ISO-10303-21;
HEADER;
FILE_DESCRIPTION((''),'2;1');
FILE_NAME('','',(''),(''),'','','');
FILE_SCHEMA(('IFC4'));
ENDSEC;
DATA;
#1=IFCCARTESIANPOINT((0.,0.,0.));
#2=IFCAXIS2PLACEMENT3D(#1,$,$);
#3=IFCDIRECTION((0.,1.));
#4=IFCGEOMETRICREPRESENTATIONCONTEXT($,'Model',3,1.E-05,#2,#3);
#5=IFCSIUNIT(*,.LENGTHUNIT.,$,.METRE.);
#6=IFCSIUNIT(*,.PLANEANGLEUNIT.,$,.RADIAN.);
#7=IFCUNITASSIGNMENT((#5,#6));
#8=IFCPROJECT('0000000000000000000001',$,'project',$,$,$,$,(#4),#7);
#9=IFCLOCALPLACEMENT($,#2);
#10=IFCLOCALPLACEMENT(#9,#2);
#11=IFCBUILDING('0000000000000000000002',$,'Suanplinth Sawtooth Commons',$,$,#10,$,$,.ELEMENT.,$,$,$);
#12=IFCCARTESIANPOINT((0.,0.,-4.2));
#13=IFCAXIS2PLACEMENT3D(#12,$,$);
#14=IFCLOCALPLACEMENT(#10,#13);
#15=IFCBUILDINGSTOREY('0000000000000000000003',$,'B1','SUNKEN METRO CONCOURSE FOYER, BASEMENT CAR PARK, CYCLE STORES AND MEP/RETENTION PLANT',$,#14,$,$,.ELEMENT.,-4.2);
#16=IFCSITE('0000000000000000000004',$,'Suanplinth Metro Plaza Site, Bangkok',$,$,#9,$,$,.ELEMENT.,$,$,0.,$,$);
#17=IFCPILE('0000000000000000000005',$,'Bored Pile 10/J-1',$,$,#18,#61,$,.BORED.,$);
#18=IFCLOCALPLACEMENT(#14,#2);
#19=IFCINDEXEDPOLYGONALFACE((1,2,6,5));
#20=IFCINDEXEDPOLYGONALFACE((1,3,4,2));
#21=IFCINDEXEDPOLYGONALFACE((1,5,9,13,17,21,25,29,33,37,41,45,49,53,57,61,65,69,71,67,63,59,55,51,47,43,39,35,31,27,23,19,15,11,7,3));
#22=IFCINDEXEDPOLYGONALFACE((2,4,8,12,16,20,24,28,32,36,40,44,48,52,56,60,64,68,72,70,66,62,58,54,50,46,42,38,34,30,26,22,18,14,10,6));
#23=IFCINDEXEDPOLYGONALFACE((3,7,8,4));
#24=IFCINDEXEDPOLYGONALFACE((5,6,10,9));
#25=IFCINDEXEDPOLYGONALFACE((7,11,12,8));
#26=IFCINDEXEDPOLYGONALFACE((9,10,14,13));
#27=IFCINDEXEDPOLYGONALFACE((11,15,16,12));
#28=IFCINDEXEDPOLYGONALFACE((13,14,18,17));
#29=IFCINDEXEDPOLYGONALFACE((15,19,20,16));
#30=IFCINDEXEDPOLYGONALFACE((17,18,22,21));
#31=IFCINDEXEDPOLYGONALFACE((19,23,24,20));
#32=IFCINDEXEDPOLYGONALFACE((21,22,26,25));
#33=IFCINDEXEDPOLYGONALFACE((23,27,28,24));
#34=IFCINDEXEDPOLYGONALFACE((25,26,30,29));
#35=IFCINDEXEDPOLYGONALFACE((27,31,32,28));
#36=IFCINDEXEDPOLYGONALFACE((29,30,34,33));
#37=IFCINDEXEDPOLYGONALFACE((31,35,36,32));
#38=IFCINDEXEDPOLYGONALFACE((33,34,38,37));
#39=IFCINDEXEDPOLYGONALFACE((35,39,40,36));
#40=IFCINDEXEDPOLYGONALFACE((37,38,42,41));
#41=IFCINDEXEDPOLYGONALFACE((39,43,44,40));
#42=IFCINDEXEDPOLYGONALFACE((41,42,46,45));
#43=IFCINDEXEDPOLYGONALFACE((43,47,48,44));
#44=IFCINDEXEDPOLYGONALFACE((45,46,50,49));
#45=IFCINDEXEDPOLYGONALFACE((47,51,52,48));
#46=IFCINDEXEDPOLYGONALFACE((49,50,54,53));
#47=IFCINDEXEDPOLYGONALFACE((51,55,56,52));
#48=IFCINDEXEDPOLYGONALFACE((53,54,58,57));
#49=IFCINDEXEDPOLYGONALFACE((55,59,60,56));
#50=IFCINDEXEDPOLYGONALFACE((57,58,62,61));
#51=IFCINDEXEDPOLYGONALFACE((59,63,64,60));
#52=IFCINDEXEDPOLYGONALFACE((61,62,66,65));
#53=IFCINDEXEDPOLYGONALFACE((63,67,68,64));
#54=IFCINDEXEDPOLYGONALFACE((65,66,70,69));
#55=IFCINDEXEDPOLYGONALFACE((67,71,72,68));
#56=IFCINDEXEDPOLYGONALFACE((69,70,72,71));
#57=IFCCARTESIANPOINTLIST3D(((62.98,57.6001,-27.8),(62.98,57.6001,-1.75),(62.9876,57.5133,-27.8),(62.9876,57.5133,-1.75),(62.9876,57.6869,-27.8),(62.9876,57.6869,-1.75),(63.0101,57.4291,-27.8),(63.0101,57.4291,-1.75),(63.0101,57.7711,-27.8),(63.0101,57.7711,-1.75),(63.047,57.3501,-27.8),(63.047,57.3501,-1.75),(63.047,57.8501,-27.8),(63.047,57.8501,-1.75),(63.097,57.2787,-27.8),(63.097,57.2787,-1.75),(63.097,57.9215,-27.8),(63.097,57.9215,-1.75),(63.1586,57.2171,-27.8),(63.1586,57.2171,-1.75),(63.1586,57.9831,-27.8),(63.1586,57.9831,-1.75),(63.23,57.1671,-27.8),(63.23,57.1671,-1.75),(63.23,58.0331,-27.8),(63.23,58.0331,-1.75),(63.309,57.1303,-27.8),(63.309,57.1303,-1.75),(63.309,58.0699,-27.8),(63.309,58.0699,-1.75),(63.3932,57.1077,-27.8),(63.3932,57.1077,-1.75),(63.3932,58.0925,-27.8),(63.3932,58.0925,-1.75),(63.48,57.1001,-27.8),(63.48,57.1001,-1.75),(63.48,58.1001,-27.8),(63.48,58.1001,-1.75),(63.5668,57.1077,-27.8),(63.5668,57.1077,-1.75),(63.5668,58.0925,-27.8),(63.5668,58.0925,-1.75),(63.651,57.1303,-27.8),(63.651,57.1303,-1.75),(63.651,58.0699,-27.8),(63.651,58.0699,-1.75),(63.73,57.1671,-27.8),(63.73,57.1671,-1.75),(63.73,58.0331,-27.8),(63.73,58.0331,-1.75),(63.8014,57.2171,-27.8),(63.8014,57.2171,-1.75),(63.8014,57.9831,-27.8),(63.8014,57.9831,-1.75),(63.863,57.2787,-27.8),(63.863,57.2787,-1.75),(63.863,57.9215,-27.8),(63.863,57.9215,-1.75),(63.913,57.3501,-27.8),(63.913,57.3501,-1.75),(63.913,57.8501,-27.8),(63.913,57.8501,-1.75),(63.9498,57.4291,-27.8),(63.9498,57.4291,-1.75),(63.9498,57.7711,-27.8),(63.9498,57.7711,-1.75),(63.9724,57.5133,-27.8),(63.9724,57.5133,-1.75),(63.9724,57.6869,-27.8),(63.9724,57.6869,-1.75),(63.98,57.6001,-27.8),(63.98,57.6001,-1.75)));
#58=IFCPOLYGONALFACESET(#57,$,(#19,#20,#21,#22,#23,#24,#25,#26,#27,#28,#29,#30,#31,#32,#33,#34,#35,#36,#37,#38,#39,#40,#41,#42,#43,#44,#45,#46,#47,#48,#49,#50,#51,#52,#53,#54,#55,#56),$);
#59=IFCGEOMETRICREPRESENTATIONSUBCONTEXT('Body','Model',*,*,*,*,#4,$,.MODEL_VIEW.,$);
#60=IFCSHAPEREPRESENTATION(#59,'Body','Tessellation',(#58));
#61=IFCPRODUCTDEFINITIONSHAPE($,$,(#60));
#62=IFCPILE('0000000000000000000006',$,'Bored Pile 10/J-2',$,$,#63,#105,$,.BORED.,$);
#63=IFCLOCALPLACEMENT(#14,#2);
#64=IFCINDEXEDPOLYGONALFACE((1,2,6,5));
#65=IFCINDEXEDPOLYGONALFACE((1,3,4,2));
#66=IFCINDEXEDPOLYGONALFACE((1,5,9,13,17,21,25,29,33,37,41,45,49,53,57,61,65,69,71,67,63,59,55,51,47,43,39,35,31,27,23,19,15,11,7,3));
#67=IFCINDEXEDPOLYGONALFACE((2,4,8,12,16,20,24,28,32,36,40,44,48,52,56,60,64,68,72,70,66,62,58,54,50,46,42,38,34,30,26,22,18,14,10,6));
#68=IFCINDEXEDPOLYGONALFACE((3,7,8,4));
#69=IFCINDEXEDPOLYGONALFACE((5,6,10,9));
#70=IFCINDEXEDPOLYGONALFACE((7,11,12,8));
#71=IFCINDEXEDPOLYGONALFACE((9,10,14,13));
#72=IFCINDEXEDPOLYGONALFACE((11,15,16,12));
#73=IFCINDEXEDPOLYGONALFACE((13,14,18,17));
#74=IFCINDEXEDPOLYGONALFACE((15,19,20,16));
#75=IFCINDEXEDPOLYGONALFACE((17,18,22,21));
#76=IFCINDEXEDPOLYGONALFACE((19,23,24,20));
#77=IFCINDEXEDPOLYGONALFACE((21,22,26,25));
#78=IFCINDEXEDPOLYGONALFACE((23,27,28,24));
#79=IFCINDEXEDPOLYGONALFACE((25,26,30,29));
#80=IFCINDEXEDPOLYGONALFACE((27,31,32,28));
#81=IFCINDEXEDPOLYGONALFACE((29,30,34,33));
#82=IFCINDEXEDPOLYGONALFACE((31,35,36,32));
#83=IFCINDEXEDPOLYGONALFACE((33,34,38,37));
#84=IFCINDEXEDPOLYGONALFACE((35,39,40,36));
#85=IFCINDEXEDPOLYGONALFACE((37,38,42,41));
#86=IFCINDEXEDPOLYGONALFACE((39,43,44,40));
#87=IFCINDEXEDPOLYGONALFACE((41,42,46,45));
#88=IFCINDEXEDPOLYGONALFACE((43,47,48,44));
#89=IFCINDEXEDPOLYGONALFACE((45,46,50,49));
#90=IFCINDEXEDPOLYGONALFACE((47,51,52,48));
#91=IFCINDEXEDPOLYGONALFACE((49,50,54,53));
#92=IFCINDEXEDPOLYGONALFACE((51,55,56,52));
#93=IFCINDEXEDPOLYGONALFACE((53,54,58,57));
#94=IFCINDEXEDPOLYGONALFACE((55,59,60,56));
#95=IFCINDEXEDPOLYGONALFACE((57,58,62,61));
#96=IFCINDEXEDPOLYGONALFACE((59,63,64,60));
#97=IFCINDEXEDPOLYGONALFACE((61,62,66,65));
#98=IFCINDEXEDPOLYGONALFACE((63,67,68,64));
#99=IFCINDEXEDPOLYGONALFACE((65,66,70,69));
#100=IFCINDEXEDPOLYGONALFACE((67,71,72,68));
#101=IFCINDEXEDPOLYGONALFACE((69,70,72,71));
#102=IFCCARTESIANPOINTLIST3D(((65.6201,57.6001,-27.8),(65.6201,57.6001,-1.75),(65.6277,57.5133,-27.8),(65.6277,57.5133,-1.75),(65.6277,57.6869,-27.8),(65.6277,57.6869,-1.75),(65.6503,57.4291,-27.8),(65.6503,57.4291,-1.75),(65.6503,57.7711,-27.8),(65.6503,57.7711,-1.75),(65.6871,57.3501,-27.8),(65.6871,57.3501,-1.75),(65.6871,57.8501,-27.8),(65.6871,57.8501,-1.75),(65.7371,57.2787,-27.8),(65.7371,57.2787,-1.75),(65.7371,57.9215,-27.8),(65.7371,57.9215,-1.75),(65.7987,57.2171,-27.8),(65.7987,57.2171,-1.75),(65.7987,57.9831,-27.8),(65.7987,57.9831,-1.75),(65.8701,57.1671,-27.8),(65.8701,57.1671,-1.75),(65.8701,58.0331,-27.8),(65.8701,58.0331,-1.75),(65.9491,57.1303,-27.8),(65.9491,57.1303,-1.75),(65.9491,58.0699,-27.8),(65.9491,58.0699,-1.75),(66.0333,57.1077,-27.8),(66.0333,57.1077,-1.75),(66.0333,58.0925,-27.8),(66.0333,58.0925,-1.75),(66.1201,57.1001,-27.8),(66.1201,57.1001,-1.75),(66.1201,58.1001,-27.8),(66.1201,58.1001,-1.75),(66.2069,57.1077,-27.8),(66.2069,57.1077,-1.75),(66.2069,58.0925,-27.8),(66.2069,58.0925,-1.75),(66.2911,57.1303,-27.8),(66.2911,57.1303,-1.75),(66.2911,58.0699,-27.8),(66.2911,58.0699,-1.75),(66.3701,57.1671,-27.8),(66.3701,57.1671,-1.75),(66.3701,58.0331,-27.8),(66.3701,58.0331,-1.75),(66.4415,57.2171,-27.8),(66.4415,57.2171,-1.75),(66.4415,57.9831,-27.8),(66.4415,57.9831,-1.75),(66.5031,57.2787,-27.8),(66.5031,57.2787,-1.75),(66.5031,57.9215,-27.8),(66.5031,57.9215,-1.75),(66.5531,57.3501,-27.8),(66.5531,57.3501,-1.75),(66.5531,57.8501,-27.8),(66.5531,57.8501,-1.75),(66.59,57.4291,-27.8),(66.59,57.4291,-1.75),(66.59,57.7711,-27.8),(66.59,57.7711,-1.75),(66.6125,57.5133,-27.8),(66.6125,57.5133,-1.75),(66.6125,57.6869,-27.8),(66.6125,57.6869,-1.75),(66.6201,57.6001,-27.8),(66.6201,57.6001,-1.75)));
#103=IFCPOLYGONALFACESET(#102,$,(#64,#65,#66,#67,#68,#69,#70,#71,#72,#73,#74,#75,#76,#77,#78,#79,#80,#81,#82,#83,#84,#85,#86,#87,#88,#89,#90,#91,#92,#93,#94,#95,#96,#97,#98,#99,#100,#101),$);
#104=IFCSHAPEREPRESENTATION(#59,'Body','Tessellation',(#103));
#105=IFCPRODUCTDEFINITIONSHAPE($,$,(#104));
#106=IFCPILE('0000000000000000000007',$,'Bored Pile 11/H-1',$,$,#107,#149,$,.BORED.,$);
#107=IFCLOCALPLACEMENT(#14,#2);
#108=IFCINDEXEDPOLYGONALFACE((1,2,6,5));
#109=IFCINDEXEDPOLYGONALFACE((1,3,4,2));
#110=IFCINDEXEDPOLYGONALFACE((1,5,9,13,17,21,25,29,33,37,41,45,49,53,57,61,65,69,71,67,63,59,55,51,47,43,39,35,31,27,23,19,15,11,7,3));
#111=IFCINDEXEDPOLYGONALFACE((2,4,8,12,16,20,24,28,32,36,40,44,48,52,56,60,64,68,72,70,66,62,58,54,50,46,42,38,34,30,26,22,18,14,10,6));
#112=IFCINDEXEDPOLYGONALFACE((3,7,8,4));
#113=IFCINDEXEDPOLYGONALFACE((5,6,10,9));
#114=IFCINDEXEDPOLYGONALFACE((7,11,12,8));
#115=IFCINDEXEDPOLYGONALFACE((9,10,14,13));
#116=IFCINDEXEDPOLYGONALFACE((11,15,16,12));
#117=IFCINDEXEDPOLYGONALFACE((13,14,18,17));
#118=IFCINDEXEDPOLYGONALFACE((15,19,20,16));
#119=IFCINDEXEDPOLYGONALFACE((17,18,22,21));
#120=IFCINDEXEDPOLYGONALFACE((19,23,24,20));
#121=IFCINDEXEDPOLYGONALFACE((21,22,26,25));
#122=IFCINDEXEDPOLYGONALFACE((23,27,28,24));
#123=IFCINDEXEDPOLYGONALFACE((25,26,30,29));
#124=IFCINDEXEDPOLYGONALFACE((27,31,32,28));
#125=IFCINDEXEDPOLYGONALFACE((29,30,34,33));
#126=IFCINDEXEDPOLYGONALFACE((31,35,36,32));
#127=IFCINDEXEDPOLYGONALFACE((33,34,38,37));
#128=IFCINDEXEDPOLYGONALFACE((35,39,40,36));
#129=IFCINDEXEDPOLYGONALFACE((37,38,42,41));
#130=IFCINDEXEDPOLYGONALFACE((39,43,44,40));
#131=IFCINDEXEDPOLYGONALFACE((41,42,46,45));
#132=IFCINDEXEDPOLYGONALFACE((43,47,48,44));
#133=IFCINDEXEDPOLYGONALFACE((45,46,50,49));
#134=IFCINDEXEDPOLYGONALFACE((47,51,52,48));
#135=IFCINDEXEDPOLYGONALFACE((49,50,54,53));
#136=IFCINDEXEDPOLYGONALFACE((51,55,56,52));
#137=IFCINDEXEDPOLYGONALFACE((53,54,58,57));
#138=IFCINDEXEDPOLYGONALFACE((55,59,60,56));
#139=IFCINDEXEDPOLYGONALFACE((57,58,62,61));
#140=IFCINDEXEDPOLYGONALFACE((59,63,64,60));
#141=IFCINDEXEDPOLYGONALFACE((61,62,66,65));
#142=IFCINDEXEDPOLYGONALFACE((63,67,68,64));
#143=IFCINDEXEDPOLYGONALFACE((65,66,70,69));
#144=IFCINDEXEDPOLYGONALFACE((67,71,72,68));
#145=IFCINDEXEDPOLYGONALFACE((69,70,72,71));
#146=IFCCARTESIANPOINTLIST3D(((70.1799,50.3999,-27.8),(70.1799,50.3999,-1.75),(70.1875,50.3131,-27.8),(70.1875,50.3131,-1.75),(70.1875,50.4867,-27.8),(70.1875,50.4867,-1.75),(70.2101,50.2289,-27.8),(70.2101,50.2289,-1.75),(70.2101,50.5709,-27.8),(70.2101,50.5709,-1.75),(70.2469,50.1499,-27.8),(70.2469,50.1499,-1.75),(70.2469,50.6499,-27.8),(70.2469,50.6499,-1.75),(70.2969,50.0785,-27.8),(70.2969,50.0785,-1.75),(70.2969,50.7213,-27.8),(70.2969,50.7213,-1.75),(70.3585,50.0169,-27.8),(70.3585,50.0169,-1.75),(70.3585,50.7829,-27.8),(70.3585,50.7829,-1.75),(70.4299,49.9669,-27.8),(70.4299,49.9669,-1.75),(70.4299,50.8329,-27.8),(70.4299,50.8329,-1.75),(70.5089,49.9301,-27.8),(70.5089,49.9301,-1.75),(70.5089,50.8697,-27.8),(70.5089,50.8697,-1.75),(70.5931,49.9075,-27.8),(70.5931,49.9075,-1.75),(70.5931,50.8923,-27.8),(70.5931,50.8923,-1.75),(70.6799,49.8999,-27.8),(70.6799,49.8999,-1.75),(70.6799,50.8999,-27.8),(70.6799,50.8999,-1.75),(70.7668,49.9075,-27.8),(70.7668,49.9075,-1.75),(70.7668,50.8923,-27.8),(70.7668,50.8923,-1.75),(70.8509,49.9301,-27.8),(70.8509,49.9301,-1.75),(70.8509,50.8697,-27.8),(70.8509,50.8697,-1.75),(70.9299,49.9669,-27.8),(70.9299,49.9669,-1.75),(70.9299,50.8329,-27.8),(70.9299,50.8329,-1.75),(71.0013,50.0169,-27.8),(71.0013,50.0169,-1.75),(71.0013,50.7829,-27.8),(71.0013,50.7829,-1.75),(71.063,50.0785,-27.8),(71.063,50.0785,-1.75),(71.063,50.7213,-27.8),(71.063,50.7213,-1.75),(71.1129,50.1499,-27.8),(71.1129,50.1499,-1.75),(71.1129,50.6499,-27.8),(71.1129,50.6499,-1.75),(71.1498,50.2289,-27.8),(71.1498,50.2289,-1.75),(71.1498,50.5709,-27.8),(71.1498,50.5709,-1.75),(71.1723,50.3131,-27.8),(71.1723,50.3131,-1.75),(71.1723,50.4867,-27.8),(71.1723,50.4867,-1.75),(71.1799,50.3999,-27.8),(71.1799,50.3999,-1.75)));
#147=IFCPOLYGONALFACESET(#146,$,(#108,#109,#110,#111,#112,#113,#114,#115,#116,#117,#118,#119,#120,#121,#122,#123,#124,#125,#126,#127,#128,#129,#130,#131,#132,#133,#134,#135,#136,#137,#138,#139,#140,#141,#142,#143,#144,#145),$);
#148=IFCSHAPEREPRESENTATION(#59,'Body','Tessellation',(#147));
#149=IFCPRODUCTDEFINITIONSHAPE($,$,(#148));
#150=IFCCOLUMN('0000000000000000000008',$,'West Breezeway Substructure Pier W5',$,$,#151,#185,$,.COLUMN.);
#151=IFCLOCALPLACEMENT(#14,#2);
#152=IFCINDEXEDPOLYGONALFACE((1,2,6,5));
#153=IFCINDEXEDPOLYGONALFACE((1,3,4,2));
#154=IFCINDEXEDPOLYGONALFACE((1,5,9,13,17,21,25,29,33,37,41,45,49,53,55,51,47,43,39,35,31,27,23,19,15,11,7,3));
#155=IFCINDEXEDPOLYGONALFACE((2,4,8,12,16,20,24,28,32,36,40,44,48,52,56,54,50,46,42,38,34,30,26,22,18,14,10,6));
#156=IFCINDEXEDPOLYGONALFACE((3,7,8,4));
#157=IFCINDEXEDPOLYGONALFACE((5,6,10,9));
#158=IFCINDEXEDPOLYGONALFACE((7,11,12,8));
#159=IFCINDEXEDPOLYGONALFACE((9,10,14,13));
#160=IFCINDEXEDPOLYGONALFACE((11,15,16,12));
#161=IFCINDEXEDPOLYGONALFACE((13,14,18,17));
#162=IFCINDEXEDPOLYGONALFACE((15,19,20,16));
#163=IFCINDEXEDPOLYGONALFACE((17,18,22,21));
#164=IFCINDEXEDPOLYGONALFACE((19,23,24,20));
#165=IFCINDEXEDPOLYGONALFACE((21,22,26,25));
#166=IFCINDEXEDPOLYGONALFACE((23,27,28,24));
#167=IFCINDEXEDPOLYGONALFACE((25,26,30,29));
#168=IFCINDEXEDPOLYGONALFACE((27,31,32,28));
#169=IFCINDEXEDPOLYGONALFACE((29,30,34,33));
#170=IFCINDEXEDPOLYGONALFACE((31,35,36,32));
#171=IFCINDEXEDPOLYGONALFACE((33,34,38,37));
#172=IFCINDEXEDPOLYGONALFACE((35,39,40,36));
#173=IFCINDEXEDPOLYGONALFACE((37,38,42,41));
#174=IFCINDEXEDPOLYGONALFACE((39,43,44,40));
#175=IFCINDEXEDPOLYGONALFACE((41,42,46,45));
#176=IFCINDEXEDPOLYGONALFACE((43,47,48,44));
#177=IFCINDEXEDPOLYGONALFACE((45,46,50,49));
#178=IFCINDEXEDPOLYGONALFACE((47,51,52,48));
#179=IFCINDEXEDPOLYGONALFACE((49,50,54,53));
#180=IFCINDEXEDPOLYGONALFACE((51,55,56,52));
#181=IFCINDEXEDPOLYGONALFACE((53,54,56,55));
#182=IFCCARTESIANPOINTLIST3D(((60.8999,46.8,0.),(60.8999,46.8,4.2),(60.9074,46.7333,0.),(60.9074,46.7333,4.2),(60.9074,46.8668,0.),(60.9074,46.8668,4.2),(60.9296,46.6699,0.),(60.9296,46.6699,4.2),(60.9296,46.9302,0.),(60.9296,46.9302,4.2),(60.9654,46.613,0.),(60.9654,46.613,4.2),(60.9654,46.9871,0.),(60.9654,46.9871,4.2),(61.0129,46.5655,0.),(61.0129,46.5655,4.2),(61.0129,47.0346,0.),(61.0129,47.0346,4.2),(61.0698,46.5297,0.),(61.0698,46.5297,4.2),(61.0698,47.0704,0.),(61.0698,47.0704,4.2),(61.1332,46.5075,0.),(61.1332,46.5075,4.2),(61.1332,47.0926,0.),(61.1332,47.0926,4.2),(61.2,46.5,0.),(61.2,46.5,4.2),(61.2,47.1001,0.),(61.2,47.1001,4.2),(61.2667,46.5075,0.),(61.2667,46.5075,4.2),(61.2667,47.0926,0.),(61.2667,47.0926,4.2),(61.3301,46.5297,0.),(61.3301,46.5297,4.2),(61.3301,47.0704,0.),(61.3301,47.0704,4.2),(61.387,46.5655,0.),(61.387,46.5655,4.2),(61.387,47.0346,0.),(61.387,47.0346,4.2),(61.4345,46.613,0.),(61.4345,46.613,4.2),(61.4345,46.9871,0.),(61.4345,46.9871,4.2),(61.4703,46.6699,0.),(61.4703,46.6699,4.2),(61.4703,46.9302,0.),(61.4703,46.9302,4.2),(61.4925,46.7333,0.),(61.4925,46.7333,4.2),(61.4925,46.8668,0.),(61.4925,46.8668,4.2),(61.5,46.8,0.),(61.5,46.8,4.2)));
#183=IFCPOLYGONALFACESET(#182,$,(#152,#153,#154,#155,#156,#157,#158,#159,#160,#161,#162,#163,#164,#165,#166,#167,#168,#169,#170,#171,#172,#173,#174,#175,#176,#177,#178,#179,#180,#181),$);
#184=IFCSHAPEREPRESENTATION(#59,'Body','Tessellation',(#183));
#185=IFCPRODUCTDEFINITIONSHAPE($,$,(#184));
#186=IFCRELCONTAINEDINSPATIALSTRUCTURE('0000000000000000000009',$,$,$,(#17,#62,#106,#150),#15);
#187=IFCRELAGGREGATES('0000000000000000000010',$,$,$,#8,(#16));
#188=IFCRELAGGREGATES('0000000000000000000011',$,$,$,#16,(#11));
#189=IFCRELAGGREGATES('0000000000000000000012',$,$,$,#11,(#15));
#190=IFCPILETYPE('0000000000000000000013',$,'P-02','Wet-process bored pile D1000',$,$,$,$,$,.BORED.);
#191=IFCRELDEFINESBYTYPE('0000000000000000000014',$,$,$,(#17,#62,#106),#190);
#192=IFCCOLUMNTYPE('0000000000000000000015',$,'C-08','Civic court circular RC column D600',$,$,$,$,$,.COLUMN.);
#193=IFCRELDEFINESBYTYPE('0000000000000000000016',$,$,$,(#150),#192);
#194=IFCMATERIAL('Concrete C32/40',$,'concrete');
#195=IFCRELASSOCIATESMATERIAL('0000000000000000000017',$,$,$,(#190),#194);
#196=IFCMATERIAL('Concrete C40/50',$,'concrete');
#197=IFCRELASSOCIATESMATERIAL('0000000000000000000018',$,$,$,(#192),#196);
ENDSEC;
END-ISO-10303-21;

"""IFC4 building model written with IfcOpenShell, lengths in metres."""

from ifc_helpers import new_model, si_unit, direction, frame, origin, origin_2d, place, context, subcontext, project, spatial, circle, extrude, material, material_profile, profile_set, type_object, element, save


model = new_model("IFC4")

# Units and contexts
model_context = context("Model", 3, precision=1e-05, world=origin(), true_north=direction((0.0, 1.0)))
body_context = subcontext(model_context, "Body", "Model", "MODEL_VIEW")
ifc_project = project(units=[si_unit("LENGTHUNIT", "METRE"), si_unit("PLANEANGLEUNIT", "RADIAN")], contexts=[model_context])

# Site, building, storey
site_placement = place(None, origin())
site = spatial("IfcSite", under=ifc_project, at=site_placement, Name="Suanplinth Metro Plaza Site, Bangkok", CompositionType="ELEMENT", RefElevation=0.0)
building_placement = place(site_placement, origin())
building = spatial("IfcBuilding", under=site, at=building_placement, Name="Suanplinth Sawtooth Commons", CompositionType="ELEMENT")
storey_placement = place(building_placement, frame((0.0, 0.0, -4.2)))
storey = spatial("IfcBuildingStorey", under=building, at=storey_placement, Name="B1", Description="SUNKEN METRO CONCOURSE FOYER, BASEMENT CAR PARK, CYCLE STORES AND MEP/RETENTION PLANT", CompositionType="ELEMENT", Elevation=-4.2)

# Piles
ifc_material_1 = material(Name="Concrete C32/40", Category="concrete")
ifc_material_profile_1 = material_profile(ifc_material_1, circle(Radius=0.5, at=origin_2d()), Name="PILE D1000")
ifc_profile_set_1 = profile_set([ifc_material_profile_1], Name="Concrete C32/40")
pile_type_1 = type_object("IfcPileType", Name="P-02", Description="Wet-process bored pile D1000", PredefinedType="BORED", material=ifc_profile_set_1)
for number, where, z_axis, x_axis, name in (
    (1, (63.48, 57.6001, -1.75), (0.0, 0.0, -1.0), (1.0, 0.0, 0.0), "Bored Pile 10/J-1"),
    (2, (66.1201, 57.6001, -1.75), (0.0, 0.0, -1.0), (1.0, 0.0, 0.0), "Bored Pile 10/J-2"),
    (3, (70.6799, 50.3999, -1.75), (0.0, 0.0, -1.0), (1.0, 0.0, 0.0), "Bored Pile 11/H-1"),
):
    element("IfcPile", number, at=place(storey_placement, frame(where, z_axis=z_axis, x_axis=x_axis)), inside=storey, type_object=pile_type_1, Name=name, PredefinedType="BORED", context=body_context, shape_type="SweptSolid", body=[
        extrude(circle(Radius=0.5, at=origin_2d()), origin(), (0.0, 0.0, 1.0), 26.05),
    ])

# Column
ifc_material_2 = material(Name="Concrete C40/50", Category="concrete")
ifc_material_profile_2 = material_profile(ifc_material_2, circle(Radius=0.3, at=origin_2d()), Name="RC-CIRC D600")
ifc_profile_set_2 = profile_set([ifc_material_profile_2], Name="Concrete C40/50")
column_type_1 = type_object("IfcColumnType", Name="C-08", Description="Civic court circular RC column D600", PredefinedType="COLUMN", material=ifc_profile_set_2)
for number, where, z_axis, x_axis, name in (
    (4, (61.2, 46.8, 0.0), (0.0, 0.0, 1.0), (1.0, 0.0, 0.0), "West Breezeway Substructure Pier W5"),
):
    element("IfcColumn", number, at=place(storey_placement, frame(where, z_axis=z_axis, x_axis=x_axis)), inside=storey, type_object=column_type_1, Name=name, PredefinedType="COLUMN", context=body_context, shape_type="SweptSolid", body=[
        extrude(circle(Radius=0.3, at=origin_2d()), origin(), (0.0, 0.0, 1.0), 4.2),
    ])

save(model, "model.ifc")
